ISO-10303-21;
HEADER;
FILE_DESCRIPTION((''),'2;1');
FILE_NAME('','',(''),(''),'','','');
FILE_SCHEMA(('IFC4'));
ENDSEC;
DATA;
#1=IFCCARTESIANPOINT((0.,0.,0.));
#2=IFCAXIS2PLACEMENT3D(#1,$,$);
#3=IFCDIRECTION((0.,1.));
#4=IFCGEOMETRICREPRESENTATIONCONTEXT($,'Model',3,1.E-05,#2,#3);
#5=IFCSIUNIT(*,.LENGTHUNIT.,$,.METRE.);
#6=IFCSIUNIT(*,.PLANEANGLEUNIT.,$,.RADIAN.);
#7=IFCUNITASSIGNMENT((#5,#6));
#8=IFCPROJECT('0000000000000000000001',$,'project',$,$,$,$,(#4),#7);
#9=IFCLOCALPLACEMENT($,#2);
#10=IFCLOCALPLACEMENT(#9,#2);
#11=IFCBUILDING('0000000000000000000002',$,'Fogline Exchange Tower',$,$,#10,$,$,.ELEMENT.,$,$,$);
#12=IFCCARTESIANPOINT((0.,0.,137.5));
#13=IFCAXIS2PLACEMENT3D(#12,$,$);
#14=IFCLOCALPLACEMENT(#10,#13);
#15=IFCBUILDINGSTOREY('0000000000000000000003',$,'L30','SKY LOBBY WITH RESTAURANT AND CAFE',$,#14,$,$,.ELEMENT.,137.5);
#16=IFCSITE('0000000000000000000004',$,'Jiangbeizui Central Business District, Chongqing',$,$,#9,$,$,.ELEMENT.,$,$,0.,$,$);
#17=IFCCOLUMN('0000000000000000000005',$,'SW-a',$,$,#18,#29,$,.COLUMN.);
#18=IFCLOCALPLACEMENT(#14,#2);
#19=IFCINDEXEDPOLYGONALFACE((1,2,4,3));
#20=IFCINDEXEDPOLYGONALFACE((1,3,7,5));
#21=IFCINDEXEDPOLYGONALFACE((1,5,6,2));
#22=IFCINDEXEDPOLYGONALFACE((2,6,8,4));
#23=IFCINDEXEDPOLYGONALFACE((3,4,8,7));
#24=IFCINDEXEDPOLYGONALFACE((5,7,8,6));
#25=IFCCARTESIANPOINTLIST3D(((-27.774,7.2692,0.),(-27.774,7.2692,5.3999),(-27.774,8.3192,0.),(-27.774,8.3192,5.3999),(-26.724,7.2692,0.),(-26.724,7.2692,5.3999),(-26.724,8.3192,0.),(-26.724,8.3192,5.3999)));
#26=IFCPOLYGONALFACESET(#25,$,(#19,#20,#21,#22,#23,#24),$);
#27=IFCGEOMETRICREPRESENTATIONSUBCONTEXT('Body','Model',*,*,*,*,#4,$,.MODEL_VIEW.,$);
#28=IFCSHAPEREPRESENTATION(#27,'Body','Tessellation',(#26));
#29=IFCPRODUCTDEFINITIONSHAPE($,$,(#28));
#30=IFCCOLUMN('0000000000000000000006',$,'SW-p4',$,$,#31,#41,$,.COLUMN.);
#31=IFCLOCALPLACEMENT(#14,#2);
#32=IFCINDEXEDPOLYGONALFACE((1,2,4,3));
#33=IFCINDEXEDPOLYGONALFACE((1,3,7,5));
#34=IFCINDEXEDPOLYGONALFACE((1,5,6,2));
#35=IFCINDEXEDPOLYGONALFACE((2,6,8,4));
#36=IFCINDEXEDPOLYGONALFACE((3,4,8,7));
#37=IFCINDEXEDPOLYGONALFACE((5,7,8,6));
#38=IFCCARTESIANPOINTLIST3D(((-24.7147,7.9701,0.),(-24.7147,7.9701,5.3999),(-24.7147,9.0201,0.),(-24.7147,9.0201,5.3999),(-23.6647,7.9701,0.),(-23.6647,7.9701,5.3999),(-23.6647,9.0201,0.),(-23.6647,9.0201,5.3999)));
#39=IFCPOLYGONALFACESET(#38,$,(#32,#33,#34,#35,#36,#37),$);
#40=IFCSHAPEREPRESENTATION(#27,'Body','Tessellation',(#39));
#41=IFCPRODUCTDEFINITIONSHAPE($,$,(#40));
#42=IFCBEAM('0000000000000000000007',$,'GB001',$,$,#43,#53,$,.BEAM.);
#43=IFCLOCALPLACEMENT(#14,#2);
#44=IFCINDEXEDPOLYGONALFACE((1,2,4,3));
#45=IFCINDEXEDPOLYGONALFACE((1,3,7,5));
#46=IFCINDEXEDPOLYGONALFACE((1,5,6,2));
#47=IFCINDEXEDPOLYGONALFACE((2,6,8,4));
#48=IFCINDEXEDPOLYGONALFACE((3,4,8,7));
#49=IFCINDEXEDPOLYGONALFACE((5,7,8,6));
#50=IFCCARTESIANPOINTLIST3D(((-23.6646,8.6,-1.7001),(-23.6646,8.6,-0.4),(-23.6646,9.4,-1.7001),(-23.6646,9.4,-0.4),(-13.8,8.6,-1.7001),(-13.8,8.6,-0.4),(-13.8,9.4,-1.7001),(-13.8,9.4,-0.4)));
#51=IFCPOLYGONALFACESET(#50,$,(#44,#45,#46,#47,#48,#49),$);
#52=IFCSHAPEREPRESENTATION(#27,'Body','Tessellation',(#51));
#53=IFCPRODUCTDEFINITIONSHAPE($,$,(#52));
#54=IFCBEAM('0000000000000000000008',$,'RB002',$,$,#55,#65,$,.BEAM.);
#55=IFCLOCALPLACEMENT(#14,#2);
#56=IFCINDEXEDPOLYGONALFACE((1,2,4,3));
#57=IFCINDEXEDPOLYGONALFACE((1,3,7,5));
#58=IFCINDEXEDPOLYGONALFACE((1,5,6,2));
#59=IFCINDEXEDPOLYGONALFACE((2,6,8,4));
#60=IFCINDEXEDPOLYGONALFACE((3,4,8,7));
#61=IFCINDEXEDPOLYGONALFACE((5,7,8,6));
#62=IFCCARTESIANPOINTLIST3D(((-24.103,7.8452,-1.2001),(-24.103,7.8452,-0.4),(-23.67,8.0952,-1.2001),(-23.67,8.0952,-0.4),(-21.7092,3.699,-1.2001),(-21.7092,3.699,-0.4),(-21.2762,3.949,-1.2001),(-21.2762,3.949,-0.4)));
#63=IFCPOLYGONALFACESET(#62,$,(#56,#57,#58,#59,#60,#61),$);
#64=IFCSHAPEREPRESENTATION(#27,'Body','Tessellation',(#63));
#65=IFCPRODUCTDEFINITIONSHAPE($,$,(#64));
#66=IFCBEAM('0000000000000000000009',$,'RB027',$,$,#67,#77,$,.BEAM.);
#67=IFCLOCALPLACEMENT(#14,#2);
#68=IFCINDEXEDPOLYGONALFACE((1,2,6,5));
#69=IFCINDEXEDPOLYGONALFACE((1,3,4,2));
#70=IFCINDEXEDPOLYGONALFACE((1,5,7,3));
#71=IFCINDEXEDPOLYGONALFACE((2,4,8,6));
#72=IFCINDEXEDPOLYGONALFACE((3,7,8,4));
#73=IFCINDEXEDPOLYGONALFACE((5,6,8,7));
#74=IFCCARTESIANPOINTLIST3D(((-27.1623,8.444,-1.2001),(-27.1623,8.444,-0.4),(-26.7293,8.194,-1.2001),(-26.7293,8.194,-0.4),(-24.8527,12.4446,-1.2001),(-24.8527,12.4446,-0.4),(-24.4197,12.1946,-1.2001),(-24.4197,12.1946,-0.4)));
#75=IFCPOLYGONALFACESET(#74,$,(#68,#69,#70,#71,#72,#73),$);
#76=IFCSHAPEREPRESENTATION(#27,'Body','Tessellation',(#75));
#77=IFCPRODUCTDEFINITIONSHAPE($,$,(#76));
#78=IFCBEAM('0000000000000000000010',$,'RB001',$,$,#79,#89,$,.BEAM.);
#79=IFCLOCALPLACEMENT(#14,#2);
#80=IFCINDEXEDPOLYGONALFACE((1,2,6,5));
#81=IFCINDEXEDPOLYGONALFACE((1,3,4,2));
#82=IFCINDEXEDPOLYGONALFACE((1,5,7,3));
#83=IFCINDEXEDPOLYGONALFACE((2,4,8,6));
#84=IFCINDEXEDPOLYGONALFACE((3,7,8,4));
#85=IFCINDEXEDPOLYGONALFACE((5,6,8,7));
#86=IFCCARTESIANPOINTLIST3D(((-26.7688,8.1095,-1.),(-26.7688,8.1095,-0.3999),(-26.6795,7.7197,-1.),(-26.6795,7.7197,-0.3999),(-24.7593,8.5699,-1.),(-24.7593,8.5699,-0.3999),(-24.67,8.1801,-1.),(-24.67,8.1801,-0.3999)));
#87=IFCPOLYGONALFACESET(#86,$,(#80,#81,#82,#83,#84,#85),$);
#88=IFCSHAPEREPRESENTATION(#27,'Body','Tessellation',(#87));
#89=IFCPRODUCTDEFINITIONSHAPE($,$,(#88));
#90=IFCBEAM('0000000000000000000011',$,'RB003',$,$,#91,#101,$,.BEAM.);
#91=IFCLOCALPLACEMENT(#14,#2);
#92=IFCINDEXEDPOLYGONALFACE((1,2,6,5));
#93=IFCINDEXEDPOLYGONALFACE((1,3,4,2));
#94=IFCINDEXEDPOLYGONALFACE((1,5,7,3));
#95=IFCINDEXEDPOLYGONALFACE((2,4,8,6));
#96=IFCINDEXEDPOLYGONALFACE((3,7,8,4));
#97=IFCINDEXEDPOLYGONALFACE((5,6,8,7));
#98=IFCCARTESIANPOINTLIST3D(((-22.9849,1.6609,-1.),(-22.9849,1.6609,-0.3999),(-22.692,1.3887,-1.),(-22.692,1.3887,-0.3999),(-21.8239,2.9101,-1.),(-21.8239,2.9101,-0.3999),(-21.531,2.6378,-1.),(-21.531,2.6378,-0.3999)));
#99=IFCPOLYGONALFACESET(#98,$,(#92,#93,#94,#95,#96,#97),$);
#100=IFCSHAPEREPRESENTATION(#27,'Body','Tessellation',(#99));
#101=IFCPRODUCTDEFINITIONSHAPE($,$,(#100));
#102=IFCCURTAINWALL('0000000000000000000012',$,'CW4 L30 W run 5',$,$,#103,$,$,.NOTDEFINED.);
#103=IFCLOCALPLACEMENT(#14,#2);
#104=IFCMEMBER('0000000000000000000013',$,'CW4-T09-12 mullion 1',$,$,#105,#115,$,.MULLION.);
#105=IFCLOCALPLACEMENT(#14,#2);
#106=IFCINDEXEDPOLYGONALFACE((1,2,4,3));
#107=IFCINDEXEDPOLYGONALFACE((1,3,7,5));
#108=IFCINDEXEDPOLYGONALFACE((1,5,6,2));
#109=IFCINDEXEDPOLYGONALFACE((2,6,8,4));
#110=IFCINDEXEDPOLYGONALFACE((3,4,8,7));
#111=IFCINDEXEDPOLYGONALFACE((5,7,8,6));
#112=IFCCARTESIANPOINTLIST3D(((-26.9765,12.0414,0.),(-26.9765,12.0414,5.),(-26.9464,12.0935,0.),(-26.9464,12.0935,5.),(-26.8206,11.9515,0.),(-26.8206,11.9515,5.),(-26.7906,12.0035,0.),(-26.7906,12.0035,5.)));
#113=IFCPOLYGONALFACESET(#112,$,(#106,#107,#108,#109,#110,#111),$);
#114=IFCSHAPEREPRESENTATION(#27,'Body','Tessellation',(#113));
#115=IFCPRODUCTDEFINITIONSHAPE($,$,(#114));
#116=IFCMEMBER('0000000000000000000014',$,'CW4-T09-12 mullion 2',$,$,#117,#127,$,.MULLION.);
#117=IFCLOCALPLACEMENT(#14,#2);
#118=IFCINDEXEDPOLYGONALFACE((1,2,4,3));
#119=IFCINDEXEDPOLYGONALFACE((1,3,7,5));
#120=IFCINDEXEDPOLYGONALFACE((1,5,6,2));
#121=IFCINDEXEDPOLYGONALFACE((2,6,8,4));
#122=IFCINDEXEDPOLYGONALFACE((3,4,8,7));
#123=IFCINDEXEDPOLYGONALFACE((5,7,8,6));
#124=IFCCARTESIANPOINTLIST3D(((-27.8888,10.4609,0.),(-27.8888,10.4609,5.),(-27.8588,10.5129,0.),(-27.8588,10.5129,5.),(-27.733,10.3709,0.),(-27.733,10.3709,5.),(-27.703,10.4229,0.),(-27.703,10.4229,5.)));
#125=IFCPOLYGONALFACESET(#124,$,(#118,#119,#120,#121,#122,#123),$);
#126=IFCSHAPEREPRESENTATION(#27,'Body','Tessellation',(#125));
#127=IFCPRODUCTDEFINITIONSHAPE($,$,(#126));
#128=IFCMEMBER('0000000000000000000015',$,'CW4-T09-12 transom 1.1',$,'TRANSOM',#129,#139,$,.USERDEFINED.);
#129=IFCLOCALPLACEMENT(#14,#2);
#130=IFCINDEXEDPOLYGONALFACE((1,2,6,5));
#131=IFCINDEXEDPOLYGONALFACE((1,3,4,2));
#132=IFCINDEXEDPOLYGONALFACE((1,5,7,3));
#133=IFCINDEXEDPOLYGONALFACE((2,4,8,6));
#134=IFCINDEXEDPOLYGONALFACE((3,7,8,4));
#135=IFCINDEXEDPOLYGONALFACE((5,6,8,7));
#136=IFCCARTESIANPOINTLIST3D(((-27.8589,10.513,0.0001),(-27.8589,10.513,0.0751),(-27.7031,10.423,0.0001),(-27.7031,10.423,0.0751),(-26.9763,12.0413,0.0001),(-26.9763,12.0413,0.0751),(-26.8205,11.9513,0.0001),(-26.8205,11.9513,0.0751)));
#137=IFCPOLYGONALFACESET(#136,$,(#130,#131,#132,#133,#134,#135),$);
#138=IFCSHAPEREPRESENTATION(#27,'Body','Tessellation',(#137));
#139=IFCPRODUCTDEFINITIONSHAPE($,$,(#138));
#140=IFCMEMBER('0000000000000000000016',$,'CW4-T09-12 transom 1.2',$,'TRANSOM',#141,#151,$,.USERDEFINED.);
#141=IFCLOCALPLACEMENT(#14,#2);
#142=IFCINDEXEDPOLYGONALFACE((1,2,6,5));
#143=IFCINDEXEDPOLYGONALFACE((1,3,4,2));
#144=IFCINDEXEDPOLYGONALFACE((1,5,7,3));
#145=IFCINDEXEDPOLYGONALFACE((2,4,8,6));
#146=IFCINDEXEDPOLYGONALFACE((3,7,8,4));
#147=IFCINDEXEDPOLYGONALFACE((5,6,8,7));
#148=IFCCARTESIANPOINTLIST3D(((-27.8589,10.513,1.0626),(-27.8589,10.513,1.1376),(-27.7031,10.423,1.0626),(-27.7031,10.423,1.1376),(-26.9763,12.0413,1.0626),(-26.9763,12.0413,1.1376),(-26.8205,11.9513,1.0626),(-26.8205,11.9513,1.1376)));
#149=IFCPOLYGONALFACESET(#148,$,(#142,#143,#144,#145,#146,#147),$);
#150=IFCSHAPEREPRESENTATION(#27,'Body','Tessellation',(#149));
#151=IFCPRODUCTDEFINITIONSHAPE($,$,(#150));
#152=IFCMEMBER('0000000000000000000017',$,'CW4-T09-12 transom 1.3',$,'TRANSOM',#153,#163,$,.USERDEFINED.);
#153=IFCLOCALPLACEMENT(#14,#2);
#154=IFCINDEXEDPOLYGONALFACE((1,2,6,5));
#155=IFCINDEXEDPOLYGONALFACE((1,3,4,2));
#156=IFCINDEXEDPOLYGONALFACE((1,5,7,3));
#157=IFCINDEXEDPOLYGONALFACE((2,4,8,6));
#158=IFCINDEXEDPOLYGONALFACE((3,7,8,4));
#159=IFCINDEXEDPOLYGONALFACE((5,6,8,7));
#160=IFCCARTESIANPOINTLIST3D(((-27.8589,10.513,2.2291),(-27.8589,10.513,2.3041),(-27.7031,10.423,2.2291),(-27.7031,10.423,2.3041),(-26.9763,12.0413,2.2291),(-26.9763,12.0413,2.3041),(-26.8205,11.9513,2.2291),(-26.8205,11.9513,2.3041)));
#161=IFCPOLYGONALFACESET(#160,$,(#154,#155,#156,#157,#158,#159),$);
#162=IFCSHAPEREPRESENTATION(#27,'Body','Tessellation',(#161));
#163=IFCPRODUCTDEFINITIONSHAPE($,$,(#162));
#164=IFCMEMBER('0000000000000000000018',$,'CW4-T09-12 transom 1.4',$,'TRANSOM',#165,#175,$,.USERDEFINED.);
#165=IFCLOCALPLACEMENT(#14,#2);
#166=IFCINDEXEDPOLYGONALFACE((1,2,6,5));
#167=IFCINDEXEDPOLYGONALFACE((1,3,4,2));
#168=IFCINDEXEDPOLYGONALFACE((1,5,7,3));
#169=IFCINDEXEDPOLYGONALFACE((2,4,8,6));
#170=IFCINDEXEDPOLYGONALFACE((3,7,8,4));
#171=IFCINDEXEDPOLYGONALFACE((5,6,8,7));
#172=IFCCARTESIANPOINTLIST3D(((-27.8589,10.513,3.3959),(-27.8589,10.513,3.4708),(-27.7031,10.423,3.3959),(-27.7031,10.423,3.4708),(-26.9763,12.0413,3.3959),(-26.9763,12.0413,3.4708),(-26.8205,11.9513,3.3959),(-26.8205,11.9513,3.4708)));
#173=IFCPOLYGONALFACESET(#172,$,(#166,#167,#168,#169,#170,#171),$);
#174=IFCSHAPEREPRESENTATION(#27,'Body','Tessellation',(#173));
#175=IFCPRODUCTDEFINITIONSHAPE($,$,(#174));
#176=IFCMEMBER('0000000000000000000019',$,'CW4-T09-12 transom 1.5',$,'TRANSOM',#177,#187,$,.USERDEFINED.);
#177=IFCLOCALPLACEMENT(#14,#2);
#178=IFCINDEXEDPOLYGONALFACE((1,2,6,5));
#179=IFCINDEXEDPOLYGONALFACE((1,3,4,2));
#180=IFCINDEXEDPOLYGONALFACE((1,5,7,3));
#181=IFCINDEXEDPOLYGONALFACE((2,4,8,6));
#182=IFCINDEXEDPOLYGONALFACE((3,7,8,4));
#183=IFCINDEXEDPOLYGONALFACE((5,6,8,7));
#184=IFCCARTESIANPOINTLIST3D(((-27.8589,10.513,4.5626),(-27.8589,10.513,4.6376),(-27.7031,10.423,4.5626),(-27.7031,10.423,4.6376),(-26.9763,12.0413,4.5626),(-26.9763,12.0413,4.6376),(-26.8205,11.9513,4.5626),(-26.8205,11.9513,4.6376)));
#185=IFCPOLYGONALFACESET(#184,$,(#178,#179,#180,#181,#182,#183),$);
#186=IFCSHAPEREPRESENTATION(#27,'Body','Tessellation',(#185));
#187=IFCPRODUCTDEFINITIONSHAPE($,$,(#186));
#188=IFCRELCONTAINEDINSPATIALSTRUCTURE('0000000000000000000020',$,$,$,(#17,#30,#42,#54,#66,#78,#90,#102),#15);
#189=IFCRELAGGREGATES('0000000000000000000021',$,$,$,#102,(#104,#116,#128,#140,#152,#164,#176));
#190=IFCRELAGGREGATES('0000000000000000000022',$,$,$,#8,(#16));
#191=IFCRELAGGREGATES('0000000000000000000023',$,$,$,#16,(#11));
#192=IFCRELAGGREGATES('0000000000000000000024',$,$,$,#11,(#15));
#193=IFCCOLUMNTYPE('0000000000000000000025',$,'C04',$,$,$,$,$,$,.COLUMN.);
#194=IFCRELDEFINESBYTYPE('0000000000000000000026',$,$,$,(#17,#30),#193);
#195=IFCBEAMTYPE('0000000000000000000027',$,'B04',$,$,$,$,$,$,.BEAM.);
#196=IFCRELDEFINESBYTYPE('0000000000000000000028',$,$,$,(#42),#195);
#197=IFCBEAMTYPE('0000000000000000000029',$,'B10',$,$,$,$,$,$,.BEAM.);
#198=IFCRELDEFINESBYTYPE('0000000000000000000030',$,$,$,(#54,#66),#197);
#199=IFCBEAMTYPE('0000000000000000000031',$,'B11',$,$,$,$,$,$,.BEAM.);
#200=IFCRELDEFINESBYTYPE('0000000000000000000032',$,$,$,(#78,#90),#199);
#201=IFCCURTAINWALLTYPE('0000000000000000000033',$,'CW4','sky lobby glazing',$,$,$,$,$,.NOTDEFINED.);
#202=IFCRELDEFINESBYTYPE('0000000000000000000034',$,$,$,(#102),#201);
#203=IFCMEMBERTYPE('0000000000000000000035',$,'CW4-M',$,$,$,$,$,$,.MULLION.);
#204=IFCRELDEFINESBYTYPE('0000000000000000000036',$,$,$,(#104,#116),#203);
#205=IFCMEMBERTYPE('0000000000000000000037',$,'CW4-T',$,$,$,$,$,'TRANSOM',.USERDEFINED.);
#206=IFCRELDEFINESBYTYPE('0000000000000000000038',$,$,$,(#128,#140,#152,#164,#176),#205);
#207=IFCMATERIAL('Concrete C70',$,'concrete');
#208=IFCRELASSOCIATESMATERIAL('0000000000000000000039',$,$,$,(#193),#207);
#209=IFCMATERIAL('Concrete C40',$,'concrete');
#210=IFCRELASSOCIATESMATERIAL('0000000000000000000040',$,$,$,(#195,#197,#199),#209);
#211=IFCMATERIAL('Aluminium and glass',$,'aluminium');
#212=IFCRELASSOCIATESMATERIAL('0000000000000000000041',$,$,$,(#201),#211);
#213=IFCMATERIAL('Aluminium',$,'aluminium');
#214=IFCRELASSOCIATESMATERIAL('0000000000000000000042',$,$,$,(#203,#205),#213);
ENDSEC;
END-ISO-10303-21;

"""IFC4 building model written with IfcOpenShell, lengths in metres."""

from ifc_helpers import new_model, si_unit, direction, frame, origin, origin_2d, place, context, subcontext, project, spatial, rectangle, extrude, material, material_profile, profile_set, type_object, element, aggregate, save


model = new_model("IFC4")

# Units and contexts
model_context = context("Model", 3, precision=1e-05, world=origin(), true_north=direction((0.0, 1.0)))
body_context = subcontext(model_context, "Body", "Model", "MODEL_VIEW")
ifc_project = project(units=[si_unit("LENGTHUNIT", "METRE"), si_unit("PLANEANGLEUNIT", "RADIAN")], contexts=[model_context])

# Site, building, storey
site_placement = place(None, origin())
site = spatial("IfcSite", under=ifc_project, at=site_placement, Name="Jiangbeizui Central Business District, Chongqing", CompositionType="ELEMENT", RefElevation=0.0)
building_placement = place(site_placement, origin())
building = spatial("IfcBuilding", under=site, at=building_placement, Name="Fogline Exchange Tower", CompositionType="ELEMENT")
storey_placement = place(building_placement, frame((0.0, 0.0, 137.5)))
storey = spatial("IfcBuildingStorey", under=building, at=storey_placement, Name="L30", Description="SKY LOBBY WITH RESTAURANT AND CAFE", CompositionType="ELEMENT", Elevation=137.5)

# Columns
ifc_material_1 = material(Name="Concrete C70", Category="concrete")
ifc_material_profile_1 = material_profile(ifc_material_1, rectangle(XDim=1.05, YDim=1.05, at=origin_2d()), Name="RC 1050x1050")
ifc_profile_set_1 = profile_set([ifc_material_profile_1], Name="Concrete C70")
column_type = type_object("IfcColumnType", Name="C04", PredefinedType="COLUMN", material=ifc_profile_set_1)
for number, where, z_axis, x_axis, name in (
    (1, (-27.249, 7.7942, 0.0), (0.0, 0.0, 1.0), (1.0, 0.0, 0.0), "SW-a"),
    (2, (-24.1897, 8.4951, 0.0), (0.0, 0.0, 1.0), (1.0, 0.0, 0.0), "SW-p4"),
):
    element("IfcColumn", number, at=place(storey_placement, frame(where, z_axis=z_axis, x_axis=x_axis)), inside=storey, type_object=column_type, Name=name, PredefinedType="COLUMN", context=body_context, shape_type="SweptSolid", body=[
        extrude(rectangle(XDim=1.05, YDim=1.05, at=origin_2d()), origin(), (0.0, 0.0, 1.0), 5.3999),
    ])

# Beams
ifc_material_2 = material(Name="Concrete C40", Category="concrete")
ifc_material_profile_2 = material_profile(ifc_material_2, rectangle(XDim=0.8, YDim=1.3, at=origin_2d()), Name="RC 800x1300")
ifc_profile_set_2 = profile_set([ifc_material_profile_2], Name="Concrete C40")
beam_type_1 = type_object("IfcBeamType", Name="B04", PredefinedType="BEAM", material=ifc_profile_set_2)
beam_1_placement = place(storey_placement, frame((-23.6646, 9.0, -1.05), z_axis=(1.0, 0.0, 0.0), x_axis=(0.0, 1.0, 0.0)))
element("IfcBeam", 3, at=beam_1_placement, inside=storey, type_object=beam_type_1, Name="GB001", PredefinedType="BEAM", context=body_context, shape_type="SweptSolid", body=[
    extrude(rectangle(XDim=0.8, YDim=1.3, at=origin_2d()), origin(), (0.0, 0.0, 1.0), 9.8645),
])
ifc_material_profile_3 = material_profile(ifc_material_2, rectangle(XDim=0.5, YDim=0.8, at=origin_2d()), Name="RC 500x800")
ifc_profile_set_3 = profile_set([ifc_material_profile_3], Name="Concrete C40")
beam_type_2 = type_object("IfcBeamType", Name="B10", PredefinedType="BEAM", material=ifc_profile_set_3)
beam_2_placement = place(storey_placement, frame((-23.8865, 7.9702, -0.8), z_axis=(0.499995, -0.866028, 0.0), x_axis=(0.866028, 0.499995, 0.0)))
element("IfcBeam", 4, at=beam_2_placement, inside=storey, type_object=beam_type_2, Name="RB002", PredefinedType="BEAM", context=body_context, shape_type="SweptSolid", body=[
    extrude(rectangle(XDim=0.5, YDim=0.8, at=origin_2d()), origin(), (0.0, 0.0, 1.0), 4.7876),
])
beam_3_placement = place(storey_placement, frame((-24.6362, 12.3196, -0.8), z_axis=(-0.499982, -0.866036, 0.0), x_axis=(0.866036, -0.499982, 0.0)))
element("IfcBeam", 5, at=beam_3_placement, inside=storey, type_object=beam_type_2, Name="RB027", PredefinedType="BEAM", context=body_context, shape_type="SweptSolid", body=[
    extrude(rectangle(XDim=0.5, YDim=0.8, at=origin_2d()), origin(), (0.0, 0.0, 1.0), 4.6194),
])
ifc_material_profile_4 = material_profile(ifc_material_2, rectangle(XDim=0.3999, YDim=0.6001, at=origin_2d()), Name="RC 400x600")
ifc_profile_set_4 = profile_set([ifc_material_profile_4], Name="Concrete C40")
beam_type_3 = type_object("IfcBeamType", Name="B11", PredefinedType="BEAM", material=ifc_profile_set_4)
beam_4_placement = place(storey_placement, frame((-26.7241, 7.9146, -0.7), z_axis=(0.974739, 0.223346, 0.0), x_axis=(-0.223346, 0.974739, 0.0)))
element("IfcBeam", 6, at=beam_4_placement, inside=storey, type_object=beam_type_3, Name="RB001", PredefinedType="BEAM", context=body_context, shape_type="SweptSolid", body=[
    extrude(rectangle(XDim=0.3999, YDim=0.6001, at=origin_2d()), origin(), (0.0, 0.0, 1.0), 2.0615),
])
beam_5_placement = place(storey_placement, frame((-21.6775, 2.7739, -0.7), z_axis=(-0.680792, -0.732477, 0.0), x_axis=(0.732477, -0.680792, 0.0)))
element("IfcBeam", 7, at=beam_5_placement, inside=storey, type_object=beam_type_3, Name="RB003", PredefinedType="BEAM", context=body_context, shape_type="SweptSolid", body=[
    extrude(rectangle(XDim=0.3999, YDim=0.6001, at=origin_2d()), origin(), (0.0, 0.0, 1.0), 1.7053),
])

# Curtain wall, members
ifc_material_3 = material(Name="Aluminium and glass", Category="aluminium")
curtain_wall_type = type_object("IfcCurtainWallType", Name="CW4", Description="sky lobby glazing", PredefinedType="NOTDEFINED", material=ifc_material_3)
curtain_wall_placement = place(storey_placement, origin())
curtain_wall = element("IfcCurtainWall", 8, at=curtain_wall_placement, inside=storey, type_object=curtain_wall_type, Name="CW4 L30 W run 5", PredefinedType="NOTDEFINED")
ifc_material_4 = material(Name="Aluminium", Category="aluminium")
ifc_material_profile_5 = material_profile(ifc_material_4, rectangle(XDim=0.1799, YDim=0.0601, at=origin_2d()), Name="Mullion 60x180")
ifc_profile_set_5 = profile_set([ifc_material_profile_5], Name="Aluminium")
member_type_1 = type_object("IfcMemberType", Name="CW4-M", PredefinedType="MULLION", material=ifc_profile_set_5)
member_1_placement = place(storey_placement, frame((-26.8835, 12.0225, 0.0), z_axis=(0.0, 0.0, 1.0), x_axis=(0.866024, -0.500002, 0.0)))
member_1 = element("IfcMember", 9, at=member_1_placement, type_object=member_type_1, Name="CW4-T09-12 mullion 1", PredefinedType="MULLION", context=body_context, shape_type="SweptSolid", body=[
    extrude(rectangle(XDim=0.1799, YDim=0.0601, at=origin_2d()), origin(), (0.0, 0.0, 1.0), 5.0),
])
member_2_placement = place(storey_placement, frame((-27.7959, 10.4419, 0.0), z_axis=(0.0, 0.0, 1.0), x_axis=(0.866024, -0.500002, 0.0)))
member_2 = element("IfcMember", 10, at=member_2_placement, type_object=member_type_1, Name="CW4-T09-12 mullion 2", PredefinedType="MULLION", context=body_context, shape_type="SweptSolid", body=[
    extrude(rectangle(XDim=0.1799, YDim=0.0601, at=origin_2d()), origin(), (0.0, 0.0, 1.0), 5.0),
])
ifc_material_profile_6 = material_profile(ifc_material_4, rectangle(XDim=0.1799, YDim=0.075, at=origin_2d()), Name="Transom 75x180")
ifc_profile_set_6 = profile_set([ifc_material_profile_6], Name="Aluminium")
member_type_2 = type_object("IfcMemberType", Name="CW4-T", ElementType="TRANSOM", PredefinedType="USERDEFINED", material=ifc_profile_set_6)
member_3_placement = place(storey_placement, frame((-26.8984, 11.9963, 0.0376), z_axis=(-0.500082, -0.865978, 0.0), x_axis=(0.865978, -0.500082, 0.0)))
member_3 = element("IfcMember", 11, at=member_3_placement, type_object=member_type_2, Name="CW4-T09-12 transom 1.1", ObjectType="TRANSOM", PredefinedType="USERDEFINED", context=body_context, shape_type="SweptSolid", body=[
    extrude(rectangle(XDim=0.1799, YDim=0.075, at=origin_2d()), origin(), (0.0, 0.0, 1.0), 1.7649),
])
member_4_placement = place(storey_placement, frame((-26.8984, 11.9963, 1.1001), z_axis=(-0.500082, -0.865978, 0.0), x_axis=(0.865978, -0.500082, 0.0)))
member_4 = element("IfcMember", 12, at=member_4_placement, type_object=member_type_2, Name="CW4-T09-12 transom 1.2", ObjectType="TRANSOM", PredefinedType="USERDEFINED", context=body_context, shape_type="SweptSolid", body=[
    extrude(rectangle(XDim=0.1799, YDim=0.075, at=origin_2d()), origin(), (0.0, 0.0, 1.0), 1.7649),
])
member_5_placement = place(storey_placement, frame((-26.8984, 11.9963, 2.2666), z_axis=(-0.500082, -0.865978, 0.0), x_axis=(0.865978, -0.500082, 0.0)))
member_5 = element("IfcMember", 13, at=member_5_placement, type_object=member_type_2, Name="CW4-T09-12 transom 1.3", ObjectType="TRANSOM", PredefinedType="USERDEFINED", context=body_context, shape_type="SweptSolid", body=[
    extrude(rectangle(XDim=0.1799, YDim=0.075, at=origin_2d()), origin(), (0.0, 0.0, 1.0), 1.7649),
])
member_6_placement = place(storey_placement, frame((-26.8984, 11.9963, 3.4333), z_axis=(-0.500082, -0.865978, 0.0), x_axis=(0.865978, -0.500082, 0.0)))
member_6 = element("IfcMember", 14, at=member_6_placement, type_object=member_type_2, Name="CW4-T09-12 transom 1.4", ObjectType="TRANSOM", PredefinedType="USERDEFINED", context=body_context, shape_type="SweptSolid", body=[
    extrude(rectangle(XDim=0.1799, YDim=0.075, at=origin_2d()), origin(), (0.0, 0.0, 1.0), 1.7649),
])
member_7_placement = place(storey_placement, frame((-26.8984, 11.9963, 4.6001), z_axis=(-0.500082, -0.865978, 0.0), x_axis=(0.865978, -0.500082, 0.0)))
member_7 = element("IfcMember", 15, at=member_7_placement, type_object=member_type_2, Name="CW4-T09-12 transom 1.5", ObjectType="TRANSOM", PredefinedType="USERDEFINED", context=body_context, shape_type="SweptSolid", body=[
    extrude(rectangle(XDim=0.1799, YDim=0.075, at=origin_2d()), origin(), (0.0, 0.0, 1.0), 1.7649),
])
aggregate(curtain_wall, [member_1, member_2, member_3, member_4, member_5, member_6, member_7])

save(model, "model.ifc")
